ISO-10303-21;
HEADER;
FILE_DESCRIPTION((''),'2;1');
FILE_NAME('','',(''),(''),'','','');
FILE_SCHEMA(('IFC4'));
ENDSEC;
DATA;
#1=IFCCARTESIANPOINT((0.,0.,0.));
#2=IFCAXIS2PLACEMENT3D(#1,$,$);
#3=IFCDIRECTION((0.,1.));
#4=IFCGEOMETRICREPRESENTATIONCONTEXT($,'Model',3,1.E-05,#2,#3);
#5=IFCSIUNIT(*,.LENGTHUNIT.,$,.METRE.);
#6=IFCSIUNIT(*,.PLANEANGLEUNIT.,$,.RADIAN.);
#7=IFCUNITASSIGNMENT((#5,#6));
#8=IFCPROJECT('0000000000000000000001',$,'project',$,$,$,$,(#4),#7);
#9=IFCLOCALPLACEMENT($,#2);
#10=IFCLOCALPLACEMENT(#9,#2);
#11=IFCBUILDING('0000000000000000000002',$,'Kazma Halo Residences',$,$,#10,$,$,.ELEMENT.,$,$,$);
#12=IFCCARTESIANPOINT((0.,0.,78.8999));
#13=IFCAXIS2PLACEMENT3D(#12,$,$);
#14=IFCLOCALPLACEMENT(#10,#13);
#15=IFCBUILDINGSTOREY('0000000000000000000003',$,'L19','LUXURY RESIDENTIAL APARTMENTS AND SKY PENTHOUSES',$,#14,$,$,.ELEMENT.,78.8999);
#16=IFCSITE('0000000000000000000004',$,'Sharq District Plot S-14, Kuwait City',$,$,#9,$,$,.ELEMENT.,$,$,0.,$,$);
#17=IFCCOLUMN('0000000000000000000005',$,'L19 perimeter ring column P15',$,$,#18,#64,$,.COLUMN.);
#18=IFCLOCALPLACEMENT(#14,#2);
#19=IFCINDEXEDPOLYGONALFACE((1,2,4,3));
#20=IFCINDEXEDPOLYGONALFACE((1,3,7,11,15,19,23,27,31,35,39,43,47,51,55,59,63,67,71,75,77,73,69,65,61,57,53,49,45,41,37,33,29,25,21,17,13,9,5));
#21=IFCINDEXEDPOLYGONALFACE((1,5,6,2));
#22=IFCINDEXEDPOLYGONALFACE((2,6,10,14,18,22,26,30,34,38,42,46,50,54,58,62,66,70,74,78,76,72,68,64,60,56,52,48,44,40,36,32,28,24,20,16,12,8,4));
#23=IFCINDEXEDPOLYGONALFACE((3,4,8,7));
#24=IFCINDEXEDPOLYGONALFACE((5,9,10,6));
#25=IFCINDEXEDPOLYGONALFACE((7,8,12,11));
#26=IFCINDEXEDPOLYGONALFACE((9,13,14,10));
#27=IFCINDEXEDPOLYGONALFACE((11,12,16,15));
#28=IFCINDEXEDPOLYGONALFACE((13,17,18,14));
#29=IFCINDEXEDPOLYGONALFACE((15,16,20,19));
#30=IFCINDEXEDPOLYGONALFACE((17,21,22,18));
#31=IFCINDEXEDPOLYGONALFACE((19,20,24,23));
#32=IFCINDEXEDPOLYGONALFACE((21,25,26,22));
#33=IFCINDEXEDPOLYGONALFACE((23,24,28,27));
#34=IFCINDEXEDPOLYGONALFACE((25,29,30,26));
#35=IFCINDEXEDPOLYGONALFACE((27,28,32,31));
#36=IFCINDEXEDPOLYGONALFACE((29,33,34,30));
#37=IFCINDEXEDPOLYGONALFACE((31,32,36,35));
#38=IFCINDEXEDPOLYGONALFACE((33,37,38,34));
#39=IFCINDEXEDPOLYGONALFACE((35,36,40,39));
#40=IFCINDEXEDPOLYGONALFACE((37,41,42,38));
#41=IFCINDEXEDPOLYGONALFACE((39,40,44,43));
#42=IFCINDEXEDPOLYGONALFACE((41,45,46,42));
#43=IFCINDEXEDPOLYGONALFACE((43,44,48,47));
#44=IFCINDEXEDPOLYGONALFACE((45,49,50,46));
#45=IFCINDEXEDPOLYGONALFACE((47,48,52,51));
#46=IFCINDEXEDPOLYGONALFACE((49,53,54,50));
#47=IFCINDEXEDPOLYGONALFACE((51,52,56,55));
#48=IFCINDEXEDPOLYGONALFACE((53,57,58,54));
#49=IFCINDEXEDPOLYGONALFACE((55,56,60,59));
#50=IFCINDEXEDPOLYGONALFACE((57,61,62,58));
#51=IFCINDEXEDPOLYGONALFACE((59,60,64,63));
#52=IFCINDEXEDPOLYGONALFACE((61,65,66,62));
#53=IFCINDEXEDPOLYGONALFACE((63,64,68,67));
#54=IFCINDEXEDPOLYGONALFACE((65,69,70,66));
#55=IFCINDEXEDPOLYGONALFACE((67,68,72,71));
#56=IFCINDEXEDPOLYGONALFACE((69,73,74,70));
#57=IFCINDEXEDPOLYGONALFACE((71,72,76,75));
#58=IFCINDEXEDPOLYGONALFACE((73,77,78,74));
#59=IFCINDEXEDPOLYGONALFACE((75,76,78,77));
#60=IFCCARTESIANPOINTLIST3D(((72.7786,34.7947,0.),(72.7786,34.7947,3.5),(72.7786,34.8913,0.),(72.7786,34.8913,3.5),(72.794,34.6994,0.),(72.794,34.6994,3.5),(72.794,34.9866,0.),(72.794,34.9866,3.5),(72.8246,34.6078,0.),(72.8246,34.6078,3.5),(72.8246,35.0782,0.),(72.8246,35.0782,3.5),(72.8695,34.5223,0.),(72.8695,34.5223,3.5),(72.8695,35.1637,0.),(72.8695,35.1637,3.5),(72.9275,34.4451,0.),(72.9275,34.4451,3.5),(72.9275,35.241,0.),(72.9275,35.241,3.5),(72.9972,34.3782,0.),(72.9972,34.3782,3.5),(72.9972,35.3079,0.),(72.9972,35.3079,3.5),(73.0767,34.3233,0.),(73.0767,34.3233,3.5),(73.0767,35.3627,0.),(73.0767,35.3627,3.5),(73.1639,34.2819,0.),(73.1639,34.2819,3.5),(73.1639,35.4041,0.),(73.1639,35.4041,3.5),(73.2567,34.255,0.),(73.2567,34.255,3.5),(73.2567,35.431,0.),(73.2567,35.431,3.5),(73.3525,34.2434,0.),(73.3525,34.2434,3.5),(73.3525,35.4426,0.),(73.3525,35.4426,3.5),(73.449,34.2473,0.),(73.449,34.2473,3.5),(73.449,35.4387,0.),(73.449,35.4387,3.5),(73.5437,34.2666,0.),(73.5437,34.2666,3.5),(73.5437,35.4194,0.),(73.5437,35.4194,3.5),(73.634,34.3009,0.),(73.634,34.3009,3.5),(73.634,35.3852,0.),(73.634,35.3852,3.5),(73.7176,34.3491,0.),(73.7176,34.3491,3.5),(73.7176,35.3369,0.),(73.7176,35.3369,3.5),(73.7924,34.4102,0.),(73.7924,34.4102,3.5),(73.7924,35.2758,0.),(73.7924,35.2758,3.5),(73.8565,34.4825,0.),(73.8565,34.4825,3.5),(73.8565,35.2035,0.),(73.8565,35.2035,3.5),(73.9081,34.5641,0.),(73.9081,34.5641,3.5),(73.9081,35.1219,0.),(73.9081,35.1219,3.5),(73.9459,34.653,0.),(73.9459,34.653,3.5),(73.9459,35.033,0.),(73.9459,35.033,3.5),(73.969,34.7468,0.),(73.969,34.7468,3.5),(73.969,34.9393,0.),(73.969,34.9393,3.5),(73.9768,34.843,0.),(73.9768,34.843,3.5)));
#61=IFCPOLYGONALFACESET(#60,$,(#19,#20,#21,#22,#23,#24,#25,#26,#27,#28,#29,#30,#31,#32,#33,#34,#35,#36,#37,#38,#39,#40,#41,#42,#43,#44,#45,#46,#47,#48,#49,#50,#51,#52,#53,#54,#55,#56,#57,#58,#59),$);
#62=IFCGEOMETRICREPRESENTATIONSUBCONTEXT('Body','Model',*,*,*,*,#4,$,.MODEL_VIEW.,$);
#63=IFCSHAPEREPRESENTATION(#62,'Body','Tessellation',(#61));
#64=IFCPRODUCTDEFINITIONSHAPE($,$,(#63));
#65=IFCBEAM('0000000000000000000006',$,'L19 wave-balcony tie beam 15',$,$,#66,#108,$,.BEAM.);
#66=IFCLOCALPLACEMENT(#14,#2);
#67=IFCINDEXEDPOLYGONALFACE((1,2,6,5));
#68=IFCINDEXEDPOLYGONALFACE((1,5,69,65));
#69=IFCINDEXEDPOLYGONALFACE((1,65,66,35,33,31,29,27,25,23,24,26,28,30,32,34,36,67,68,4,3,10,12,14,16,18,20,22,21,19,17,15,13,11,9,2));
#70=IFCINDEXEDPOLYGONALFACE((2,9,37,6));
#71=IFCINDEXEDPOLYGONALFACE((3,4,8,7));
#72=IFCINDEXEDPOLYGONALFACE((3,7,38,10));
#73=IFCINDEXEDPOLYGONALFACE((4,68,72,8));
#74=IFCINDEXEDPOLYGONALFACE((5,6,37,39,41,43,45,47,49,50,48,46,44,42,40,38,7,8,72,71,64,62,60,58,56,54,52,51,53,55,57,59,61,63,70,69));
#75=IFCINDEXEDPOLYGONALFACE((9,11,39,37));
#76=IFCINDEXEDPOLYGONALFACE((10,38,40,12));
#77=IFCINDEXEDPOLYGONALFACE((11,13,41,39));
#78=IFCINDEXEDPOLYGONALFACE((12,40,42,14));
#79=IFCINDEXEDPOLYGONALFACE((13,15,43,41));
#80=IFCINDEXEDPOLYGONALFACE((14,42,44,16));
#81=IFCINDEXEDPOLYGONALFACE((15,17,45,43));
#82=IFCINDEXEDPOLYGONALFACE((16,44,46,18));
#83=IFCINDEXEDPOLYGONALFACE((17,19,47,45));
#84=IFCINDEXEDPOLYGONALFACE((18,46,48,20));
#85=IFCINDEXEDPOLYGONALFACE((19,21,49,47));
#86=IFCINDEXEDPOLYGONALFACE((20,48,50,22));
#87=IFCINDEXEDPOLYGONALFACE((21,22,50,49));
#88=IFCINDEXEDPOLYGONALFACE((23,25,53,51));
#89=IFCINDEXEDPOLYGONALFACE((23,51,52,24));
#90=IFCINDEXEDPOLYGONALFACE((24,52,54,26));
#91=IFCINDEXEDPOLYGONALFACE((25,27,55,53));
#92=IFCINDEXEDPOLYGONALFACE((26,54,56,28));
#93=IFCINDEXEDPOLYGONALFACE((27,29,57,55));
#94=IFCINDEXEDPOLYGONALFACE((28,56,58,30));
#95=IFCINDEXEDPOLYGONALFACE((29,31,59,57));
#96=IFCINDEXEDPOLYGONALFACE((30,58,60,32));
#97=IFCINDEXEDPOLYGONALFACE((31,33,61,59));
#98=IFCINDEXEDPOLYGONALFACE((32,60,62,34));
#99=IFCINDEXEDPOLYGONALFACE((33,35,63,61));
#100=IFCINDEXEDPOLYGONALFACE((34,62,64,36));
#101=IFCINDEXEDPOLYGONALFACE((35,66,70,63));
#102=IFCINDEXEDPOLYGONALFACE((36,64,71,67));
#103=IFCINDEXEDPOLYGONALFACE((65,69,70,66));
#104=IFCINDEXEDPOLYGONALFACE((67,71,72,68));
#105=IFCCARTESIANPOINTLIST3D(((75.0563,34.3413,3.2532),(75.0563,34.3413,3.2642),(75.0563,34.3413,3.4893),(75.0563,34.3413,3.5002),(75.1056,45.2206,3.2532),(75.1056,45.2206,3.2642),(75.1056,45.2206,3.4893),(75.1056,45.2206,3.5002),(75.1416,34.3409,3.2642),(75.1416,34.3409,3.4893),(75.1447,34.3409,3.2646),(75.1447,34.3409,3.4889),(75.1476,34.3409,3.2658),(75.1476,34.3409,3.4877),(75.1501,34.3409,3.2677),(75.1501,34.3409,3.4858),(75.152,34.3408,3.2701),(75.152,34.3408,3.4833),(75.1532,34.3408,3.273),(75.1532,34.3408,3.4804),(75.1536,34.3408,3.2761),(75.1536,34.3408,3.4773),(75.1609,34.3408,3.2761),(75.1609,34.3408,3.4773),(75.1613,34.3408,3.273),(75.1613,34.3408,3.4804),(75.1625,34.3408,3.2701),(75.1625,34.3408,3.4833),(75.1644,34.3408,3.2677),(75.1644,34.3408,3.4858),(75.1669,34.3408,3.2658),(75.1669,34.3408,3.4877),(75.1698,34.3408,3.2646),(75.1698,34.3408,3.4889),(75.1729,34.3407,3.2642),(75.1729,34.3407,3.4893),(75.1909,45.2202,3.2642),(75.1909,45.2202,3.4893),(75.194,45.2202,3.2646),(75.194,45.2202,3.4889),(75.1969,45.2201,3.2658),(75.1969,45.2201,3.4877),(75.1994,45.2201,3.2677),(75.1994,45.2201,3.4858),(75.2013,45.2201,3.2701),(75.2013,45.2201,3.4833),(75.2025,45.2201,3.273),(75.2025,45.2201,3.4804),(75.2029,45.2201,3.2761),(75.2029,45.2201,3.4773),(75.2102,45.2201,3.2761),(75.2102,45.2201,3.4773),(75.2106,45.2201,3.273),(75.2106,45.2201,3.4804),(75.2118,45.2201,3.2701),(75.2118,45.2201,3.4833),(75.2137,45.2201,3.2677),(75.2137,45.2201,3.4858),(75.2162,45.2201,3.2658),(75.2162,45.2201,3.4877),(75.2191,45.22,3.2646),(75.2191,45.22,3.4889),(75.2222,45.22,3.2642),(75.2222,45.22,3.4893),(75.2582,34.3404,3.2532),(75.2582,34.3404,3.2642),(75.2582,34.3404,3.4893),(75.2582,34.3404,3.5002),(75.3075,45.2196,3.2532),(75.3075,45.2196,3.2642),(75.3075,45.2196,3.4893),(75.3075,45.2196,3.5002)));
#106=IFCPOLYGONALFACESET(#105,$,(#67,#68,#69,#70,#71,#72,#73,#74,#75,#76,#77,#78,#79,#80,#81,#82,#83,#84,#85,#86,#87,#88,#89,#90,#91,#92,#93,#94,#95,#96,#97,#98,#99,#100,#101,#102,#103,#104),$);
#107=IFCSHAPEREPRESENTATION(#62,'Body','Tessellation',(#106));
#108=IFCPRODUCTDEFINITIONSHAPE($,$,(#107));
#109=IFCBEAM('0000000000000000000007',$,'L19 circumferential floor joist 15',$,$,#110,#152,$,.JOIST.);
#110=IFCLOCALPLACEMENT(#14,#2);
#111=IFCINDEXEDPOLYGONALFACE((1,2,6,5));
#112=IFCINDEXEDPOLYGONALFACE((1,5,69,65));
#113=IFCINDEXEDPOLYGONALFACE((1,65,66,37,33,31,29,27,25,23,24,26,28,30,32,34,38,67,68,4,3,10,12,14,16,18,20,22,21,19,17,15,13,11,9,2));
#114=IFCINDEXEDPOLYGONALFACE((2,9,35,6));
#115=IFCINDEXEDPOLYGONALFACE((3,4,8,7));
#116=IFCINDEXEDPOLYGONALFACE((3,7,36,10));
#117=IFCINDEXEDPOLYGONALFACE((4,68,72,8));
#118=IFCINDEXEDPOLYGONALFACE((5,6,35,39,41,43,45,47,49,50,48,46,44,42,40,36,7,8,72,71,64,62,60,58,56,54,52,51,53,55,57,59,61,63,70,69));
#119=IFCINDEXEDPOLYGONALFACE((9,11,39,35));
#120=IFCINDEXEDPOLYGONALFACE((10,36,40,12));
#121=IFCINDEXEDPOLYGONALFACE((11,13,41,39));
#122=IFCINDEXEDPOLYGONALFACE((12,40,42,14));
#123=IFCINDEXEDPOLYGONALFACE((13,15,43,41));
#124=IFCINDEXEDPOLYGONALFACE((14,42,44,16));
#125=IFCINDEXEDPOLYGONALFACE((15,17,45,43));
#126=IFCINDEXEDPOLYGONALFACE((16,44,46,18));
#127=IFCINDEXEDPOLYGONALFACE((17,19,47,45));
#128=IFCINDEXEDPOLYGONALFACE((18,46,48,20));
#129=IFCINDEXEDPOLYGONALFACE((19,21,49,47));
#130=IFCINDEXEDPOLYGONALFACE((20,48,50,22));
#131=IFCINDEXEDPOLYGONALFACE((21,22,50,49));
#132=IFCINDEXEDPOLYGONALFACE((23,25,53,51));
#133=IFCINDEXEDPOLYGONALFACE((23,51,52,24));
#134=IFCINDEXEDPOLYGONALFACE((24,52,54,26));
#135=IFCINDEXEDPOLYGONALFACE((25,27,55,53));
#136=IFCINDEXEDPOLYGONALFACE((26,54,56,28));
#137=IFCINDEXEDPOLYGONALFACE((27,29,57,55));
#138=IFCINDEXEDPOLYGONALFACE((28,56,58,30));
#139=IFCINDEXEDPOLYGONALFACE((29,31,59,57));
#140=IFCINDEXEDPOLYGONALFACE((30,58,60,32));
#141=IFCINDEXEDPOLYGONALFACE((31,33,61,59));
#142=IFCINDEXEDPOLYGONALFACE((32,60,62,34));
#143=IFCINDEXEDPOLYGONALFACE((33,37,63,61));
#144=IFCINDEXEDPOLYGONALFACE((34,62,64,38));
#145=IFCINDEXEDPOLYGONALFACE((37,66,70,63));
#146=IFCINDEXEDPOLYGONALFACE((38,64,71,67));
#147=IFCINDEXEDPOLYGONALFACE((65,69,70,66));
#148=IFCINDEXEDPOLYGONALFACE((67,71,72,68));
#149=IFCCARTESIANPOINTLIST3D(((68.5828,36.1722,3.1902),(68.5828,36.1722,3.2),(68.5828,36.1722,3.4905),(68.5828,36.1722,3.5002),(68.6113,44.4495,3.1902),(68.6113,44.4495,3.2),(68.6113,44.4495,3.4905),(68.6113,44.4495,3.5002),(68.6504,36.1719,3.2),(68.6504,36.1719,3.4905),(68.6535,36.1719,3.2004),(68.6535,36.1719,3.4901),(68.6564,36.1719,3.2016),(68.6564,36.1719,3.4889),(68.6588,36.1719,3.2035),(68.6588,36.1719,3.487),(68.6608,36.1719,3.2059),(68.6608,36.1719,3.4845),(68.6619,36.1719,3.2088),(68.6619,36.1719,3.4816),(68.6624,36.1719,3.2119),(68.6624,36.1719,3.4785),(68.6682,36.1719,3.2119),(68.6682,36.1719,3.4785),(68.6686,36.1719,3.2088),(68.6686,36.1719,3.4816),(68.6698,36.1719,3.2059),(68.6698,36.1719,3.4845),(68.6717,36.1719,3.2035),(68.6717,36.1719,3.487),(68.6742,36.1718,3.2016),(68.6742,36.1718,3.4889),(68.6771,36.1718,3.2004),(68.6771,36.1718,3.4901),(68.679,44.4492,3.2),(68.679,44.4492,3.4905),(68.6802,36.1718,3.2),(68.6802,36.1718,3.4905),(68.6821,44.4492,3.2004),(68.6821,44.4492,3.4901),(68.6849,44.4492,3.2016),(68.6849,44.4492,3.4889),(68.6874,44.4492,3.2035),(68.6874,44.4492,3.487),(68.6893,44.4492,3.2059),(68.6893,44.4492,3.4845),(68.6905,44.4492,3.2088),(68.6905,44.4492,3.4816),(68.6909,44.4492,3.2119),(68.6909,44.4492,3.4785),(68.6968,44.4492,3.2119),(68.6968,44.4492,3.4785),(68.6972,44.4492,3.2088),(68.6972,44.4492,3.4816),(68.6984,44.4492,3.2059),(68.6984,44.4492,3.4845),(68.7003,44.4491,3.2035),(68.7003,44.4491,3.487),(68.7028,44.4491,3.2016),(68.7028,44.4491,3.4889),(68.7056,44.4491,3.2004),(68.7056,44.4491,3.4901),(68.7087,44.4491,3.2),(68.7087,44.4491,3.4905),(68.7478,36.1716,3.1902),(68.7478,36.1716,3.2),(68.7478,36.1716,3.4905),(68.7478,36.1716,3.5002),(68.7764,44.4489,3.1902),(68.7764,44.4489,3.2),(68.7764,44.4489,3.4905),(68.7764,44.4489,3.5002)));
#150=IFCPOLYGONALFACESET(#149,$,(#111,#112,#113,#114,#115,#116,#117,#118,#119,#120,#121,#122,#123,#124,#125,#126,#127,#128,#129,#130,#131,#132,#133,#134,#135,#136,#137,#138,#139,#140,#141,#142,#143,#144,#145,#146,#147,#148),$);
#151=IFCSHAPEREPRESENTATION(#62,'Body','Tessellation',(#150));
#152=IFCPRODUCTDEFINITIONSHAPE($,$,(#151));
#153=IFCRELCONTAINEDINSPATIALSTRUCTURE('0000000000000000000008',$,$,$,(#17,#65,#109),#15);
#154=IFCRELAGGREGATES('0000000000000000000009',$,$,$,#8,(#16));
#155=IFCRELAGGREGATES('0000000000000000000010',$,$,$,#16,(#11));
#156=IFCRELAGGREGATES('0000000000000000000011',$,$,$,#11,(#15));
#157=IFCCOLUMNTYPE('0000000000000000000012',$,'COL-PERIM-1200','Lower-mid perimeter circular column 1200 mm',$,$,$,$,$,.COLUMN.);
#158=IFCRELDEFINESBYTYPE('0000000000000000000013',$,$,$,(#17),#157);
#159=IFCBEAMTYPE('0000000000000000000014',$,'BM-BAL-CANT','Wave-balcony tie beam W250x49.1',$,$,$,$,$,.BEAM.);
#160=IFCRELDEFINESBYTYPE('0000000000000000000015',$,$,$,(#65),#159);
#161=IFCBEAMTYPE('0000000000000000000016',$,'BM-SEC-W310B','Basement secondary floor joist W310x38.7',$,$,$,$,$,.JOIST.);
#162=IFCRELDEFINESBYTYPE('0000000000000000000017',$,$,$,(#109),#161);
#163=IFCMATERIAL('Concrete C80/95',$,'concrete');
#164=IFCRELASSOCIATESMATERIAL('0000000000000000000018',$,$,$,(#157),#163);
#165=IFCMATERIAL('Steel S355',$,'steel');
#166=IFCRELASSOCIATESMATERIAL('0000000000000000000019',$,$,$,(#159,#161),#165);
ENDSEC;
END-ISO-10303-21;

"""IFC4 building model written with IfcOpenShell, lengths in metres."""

from ifc_helpers import new_model, si_unit, direction, frame, origin, origin_2d, place, context, subcontext, project, spatial, circle, i_section, extrude, material, material_profile, profile_set, type_object, element, save


model = new_model("IFC4")

# Units and contexts
model_context = context("Model", 3, precision=1e-05, world=origin(), true_north=direction((0.0, 1.0)))
body_context = subcontext(model_context, "Body", "Model", "MODEL_VIEW")
ifc_project = project(units=[si_unit("LENGTHUNIT", "METRE"), si_unit("PLANEANGLEUNIT", "RADIAN")], contexts=[model_context])

# Site, building, storey
site_placement = place(None, origin())
site = spatial("IfcSite", under=ifc_project, at=site_placement, Name="Sharq District Plot S-14, Kuwait City", CompositionType="ELEMENT", RefElevation=0.0)
building_placement = place(site_placement, origin())
building = spatial("IfcBuilding", under=site, at=building_placement, Name="Kazma Halo Residences", CompositionType="ELEMENT")
storey_placement = place(building_placement, frame((0.0, 0.0, 78.8999)))
storey = spatial("IfcBuildingStorey", under=building, at=storey_placement, Name="L19", Description="LUXURY RESIDENTIAL APARTMENTS AND SKY PENTHOUSES", CompositionType="ELEMENT", Elevation=78.8999)

# Column
ifc_material_1 = material(Name="Concrete C80/95", Category="concrete")
ifc_material_profile_1 = material_profile(ifc_material_1, circle(Radius=0.6001, at=origin_2d()), Name="CIRC1200")
ifc_profile_set_1 = profile_set([ifc_material_profile_1], Name="Concrete C80/95")
column_type = type_object("IfcColumnType", Name="COL-PERIM-1200", Description="Lower-mid perimeter circular column 1200 mm", PredefinedType="COLUMN", material=ifc_profile_set_1)
column_placement = place(storey_placement, frame((73.3767, 34.843, 0.0), z_axis=(0.0, 0.0, 1.0), x_axis=(1.0, 0.0, 0.0)))
element("IfcColumn", 1, at=column_placement, inside=storey, type_object=column_type, Name="L19 perimeter ring column P15", PredefinedType="COLUMN", context=body_context, shape_type="SweptSolid", body=[
    extrude(circle(Radius=0.6001, at=origin_2d()), origin(), (0.0, 0.0, 1.0), 3.5),
])

# Beams
ifc_material_2 = material(Name="Steel S355", Category="steel")
ifc_material_profile_2 = material_profile(ifc_material_2, i_section(OverallWidth=0.2019, OverallDepth=0.2471, WebThickness=0.0073, FlangeThickness=0.011, FilletRadius=0.012, at=origin_2d()), Name="W250x49.1")
ifc_profile_set_2 = profile_set([ifc_material_profile_2], Name="Steel S355")
beam_type_1 = type_object("IfcBeamType", Name="BM-BAL-CANT", Description="Wave-balcony tie beam W250x49.1", PredefinedType="BEAM", material=ifc_profile_set_2)
beam_1_placement = place(storey_placement, frame((75.1572, 34.3408, 3.3767), z_axis=(0.004533, 0.99999, 0.0), x_axis=(-0.99999, 0.004533, 0.0)))
element("IfcBeam", 2, at=beam_1_placement, inside=storey, type_object=beam_type_1, Name="L19 wave-balcony tie beam 15", PredefinedType="BEAM", context=body_context, shape_type="SweptSolid", body=[
    extrude(i_section(OverallWidth=0.2019, OverallDepth=0.2471, WebThickness=0.0073, FlangeThickness=0.011, FilletRadius=0.012, at=origin_2d()), origin(), (0.0, 0.0, 1.0), 10.8794),
])
ifc_material_profile_3 = material_profile(ifc_material_2, i_section(OverallWidth=0.165, OverallDepth=0.3101, WebThickness=0.0059, FlangeThickness=0.0098, FilletRadius=0.012, at=origin_2d()), Name="W310x38.7")
ifc_profile_set_3 = profile_set([ifc_material_profile_3], Name="Steel S355")
beam_type_2 = type_object("IfcBeamType", Name="BM-SEC-W310B", Description="Basement secondary floor joist W310x38.7", PredefinedType="JOIST", material=ifc_profile_set_3)
beam_2_placement = place(storey_placement, frame((68.6653, 36.1719, 3.3452), z_axis=(0.003451, 0.999994, 0.0), x_axis=(-0.999994, 0.003451, 0.0)))
element("IfcBeam", 3, at=beam_2_placement, inside=storey, type_object=beam_type_2, Name="L19 circumferential floor joist 15", PredefinedType="JOIST", context=body_context, shape_type="SweptSolid", body=[
    extrude(i_section(OverallWidth=0.165, OverallDepth=0.3101, WebThickness=0.0059, FlangeThickness=0.0098, FilletRadius=0.012, at=origin_2d()), origin(), (0.0, 0.0, 1.0), 8.2773),
])

save(model, "model.ifc")
